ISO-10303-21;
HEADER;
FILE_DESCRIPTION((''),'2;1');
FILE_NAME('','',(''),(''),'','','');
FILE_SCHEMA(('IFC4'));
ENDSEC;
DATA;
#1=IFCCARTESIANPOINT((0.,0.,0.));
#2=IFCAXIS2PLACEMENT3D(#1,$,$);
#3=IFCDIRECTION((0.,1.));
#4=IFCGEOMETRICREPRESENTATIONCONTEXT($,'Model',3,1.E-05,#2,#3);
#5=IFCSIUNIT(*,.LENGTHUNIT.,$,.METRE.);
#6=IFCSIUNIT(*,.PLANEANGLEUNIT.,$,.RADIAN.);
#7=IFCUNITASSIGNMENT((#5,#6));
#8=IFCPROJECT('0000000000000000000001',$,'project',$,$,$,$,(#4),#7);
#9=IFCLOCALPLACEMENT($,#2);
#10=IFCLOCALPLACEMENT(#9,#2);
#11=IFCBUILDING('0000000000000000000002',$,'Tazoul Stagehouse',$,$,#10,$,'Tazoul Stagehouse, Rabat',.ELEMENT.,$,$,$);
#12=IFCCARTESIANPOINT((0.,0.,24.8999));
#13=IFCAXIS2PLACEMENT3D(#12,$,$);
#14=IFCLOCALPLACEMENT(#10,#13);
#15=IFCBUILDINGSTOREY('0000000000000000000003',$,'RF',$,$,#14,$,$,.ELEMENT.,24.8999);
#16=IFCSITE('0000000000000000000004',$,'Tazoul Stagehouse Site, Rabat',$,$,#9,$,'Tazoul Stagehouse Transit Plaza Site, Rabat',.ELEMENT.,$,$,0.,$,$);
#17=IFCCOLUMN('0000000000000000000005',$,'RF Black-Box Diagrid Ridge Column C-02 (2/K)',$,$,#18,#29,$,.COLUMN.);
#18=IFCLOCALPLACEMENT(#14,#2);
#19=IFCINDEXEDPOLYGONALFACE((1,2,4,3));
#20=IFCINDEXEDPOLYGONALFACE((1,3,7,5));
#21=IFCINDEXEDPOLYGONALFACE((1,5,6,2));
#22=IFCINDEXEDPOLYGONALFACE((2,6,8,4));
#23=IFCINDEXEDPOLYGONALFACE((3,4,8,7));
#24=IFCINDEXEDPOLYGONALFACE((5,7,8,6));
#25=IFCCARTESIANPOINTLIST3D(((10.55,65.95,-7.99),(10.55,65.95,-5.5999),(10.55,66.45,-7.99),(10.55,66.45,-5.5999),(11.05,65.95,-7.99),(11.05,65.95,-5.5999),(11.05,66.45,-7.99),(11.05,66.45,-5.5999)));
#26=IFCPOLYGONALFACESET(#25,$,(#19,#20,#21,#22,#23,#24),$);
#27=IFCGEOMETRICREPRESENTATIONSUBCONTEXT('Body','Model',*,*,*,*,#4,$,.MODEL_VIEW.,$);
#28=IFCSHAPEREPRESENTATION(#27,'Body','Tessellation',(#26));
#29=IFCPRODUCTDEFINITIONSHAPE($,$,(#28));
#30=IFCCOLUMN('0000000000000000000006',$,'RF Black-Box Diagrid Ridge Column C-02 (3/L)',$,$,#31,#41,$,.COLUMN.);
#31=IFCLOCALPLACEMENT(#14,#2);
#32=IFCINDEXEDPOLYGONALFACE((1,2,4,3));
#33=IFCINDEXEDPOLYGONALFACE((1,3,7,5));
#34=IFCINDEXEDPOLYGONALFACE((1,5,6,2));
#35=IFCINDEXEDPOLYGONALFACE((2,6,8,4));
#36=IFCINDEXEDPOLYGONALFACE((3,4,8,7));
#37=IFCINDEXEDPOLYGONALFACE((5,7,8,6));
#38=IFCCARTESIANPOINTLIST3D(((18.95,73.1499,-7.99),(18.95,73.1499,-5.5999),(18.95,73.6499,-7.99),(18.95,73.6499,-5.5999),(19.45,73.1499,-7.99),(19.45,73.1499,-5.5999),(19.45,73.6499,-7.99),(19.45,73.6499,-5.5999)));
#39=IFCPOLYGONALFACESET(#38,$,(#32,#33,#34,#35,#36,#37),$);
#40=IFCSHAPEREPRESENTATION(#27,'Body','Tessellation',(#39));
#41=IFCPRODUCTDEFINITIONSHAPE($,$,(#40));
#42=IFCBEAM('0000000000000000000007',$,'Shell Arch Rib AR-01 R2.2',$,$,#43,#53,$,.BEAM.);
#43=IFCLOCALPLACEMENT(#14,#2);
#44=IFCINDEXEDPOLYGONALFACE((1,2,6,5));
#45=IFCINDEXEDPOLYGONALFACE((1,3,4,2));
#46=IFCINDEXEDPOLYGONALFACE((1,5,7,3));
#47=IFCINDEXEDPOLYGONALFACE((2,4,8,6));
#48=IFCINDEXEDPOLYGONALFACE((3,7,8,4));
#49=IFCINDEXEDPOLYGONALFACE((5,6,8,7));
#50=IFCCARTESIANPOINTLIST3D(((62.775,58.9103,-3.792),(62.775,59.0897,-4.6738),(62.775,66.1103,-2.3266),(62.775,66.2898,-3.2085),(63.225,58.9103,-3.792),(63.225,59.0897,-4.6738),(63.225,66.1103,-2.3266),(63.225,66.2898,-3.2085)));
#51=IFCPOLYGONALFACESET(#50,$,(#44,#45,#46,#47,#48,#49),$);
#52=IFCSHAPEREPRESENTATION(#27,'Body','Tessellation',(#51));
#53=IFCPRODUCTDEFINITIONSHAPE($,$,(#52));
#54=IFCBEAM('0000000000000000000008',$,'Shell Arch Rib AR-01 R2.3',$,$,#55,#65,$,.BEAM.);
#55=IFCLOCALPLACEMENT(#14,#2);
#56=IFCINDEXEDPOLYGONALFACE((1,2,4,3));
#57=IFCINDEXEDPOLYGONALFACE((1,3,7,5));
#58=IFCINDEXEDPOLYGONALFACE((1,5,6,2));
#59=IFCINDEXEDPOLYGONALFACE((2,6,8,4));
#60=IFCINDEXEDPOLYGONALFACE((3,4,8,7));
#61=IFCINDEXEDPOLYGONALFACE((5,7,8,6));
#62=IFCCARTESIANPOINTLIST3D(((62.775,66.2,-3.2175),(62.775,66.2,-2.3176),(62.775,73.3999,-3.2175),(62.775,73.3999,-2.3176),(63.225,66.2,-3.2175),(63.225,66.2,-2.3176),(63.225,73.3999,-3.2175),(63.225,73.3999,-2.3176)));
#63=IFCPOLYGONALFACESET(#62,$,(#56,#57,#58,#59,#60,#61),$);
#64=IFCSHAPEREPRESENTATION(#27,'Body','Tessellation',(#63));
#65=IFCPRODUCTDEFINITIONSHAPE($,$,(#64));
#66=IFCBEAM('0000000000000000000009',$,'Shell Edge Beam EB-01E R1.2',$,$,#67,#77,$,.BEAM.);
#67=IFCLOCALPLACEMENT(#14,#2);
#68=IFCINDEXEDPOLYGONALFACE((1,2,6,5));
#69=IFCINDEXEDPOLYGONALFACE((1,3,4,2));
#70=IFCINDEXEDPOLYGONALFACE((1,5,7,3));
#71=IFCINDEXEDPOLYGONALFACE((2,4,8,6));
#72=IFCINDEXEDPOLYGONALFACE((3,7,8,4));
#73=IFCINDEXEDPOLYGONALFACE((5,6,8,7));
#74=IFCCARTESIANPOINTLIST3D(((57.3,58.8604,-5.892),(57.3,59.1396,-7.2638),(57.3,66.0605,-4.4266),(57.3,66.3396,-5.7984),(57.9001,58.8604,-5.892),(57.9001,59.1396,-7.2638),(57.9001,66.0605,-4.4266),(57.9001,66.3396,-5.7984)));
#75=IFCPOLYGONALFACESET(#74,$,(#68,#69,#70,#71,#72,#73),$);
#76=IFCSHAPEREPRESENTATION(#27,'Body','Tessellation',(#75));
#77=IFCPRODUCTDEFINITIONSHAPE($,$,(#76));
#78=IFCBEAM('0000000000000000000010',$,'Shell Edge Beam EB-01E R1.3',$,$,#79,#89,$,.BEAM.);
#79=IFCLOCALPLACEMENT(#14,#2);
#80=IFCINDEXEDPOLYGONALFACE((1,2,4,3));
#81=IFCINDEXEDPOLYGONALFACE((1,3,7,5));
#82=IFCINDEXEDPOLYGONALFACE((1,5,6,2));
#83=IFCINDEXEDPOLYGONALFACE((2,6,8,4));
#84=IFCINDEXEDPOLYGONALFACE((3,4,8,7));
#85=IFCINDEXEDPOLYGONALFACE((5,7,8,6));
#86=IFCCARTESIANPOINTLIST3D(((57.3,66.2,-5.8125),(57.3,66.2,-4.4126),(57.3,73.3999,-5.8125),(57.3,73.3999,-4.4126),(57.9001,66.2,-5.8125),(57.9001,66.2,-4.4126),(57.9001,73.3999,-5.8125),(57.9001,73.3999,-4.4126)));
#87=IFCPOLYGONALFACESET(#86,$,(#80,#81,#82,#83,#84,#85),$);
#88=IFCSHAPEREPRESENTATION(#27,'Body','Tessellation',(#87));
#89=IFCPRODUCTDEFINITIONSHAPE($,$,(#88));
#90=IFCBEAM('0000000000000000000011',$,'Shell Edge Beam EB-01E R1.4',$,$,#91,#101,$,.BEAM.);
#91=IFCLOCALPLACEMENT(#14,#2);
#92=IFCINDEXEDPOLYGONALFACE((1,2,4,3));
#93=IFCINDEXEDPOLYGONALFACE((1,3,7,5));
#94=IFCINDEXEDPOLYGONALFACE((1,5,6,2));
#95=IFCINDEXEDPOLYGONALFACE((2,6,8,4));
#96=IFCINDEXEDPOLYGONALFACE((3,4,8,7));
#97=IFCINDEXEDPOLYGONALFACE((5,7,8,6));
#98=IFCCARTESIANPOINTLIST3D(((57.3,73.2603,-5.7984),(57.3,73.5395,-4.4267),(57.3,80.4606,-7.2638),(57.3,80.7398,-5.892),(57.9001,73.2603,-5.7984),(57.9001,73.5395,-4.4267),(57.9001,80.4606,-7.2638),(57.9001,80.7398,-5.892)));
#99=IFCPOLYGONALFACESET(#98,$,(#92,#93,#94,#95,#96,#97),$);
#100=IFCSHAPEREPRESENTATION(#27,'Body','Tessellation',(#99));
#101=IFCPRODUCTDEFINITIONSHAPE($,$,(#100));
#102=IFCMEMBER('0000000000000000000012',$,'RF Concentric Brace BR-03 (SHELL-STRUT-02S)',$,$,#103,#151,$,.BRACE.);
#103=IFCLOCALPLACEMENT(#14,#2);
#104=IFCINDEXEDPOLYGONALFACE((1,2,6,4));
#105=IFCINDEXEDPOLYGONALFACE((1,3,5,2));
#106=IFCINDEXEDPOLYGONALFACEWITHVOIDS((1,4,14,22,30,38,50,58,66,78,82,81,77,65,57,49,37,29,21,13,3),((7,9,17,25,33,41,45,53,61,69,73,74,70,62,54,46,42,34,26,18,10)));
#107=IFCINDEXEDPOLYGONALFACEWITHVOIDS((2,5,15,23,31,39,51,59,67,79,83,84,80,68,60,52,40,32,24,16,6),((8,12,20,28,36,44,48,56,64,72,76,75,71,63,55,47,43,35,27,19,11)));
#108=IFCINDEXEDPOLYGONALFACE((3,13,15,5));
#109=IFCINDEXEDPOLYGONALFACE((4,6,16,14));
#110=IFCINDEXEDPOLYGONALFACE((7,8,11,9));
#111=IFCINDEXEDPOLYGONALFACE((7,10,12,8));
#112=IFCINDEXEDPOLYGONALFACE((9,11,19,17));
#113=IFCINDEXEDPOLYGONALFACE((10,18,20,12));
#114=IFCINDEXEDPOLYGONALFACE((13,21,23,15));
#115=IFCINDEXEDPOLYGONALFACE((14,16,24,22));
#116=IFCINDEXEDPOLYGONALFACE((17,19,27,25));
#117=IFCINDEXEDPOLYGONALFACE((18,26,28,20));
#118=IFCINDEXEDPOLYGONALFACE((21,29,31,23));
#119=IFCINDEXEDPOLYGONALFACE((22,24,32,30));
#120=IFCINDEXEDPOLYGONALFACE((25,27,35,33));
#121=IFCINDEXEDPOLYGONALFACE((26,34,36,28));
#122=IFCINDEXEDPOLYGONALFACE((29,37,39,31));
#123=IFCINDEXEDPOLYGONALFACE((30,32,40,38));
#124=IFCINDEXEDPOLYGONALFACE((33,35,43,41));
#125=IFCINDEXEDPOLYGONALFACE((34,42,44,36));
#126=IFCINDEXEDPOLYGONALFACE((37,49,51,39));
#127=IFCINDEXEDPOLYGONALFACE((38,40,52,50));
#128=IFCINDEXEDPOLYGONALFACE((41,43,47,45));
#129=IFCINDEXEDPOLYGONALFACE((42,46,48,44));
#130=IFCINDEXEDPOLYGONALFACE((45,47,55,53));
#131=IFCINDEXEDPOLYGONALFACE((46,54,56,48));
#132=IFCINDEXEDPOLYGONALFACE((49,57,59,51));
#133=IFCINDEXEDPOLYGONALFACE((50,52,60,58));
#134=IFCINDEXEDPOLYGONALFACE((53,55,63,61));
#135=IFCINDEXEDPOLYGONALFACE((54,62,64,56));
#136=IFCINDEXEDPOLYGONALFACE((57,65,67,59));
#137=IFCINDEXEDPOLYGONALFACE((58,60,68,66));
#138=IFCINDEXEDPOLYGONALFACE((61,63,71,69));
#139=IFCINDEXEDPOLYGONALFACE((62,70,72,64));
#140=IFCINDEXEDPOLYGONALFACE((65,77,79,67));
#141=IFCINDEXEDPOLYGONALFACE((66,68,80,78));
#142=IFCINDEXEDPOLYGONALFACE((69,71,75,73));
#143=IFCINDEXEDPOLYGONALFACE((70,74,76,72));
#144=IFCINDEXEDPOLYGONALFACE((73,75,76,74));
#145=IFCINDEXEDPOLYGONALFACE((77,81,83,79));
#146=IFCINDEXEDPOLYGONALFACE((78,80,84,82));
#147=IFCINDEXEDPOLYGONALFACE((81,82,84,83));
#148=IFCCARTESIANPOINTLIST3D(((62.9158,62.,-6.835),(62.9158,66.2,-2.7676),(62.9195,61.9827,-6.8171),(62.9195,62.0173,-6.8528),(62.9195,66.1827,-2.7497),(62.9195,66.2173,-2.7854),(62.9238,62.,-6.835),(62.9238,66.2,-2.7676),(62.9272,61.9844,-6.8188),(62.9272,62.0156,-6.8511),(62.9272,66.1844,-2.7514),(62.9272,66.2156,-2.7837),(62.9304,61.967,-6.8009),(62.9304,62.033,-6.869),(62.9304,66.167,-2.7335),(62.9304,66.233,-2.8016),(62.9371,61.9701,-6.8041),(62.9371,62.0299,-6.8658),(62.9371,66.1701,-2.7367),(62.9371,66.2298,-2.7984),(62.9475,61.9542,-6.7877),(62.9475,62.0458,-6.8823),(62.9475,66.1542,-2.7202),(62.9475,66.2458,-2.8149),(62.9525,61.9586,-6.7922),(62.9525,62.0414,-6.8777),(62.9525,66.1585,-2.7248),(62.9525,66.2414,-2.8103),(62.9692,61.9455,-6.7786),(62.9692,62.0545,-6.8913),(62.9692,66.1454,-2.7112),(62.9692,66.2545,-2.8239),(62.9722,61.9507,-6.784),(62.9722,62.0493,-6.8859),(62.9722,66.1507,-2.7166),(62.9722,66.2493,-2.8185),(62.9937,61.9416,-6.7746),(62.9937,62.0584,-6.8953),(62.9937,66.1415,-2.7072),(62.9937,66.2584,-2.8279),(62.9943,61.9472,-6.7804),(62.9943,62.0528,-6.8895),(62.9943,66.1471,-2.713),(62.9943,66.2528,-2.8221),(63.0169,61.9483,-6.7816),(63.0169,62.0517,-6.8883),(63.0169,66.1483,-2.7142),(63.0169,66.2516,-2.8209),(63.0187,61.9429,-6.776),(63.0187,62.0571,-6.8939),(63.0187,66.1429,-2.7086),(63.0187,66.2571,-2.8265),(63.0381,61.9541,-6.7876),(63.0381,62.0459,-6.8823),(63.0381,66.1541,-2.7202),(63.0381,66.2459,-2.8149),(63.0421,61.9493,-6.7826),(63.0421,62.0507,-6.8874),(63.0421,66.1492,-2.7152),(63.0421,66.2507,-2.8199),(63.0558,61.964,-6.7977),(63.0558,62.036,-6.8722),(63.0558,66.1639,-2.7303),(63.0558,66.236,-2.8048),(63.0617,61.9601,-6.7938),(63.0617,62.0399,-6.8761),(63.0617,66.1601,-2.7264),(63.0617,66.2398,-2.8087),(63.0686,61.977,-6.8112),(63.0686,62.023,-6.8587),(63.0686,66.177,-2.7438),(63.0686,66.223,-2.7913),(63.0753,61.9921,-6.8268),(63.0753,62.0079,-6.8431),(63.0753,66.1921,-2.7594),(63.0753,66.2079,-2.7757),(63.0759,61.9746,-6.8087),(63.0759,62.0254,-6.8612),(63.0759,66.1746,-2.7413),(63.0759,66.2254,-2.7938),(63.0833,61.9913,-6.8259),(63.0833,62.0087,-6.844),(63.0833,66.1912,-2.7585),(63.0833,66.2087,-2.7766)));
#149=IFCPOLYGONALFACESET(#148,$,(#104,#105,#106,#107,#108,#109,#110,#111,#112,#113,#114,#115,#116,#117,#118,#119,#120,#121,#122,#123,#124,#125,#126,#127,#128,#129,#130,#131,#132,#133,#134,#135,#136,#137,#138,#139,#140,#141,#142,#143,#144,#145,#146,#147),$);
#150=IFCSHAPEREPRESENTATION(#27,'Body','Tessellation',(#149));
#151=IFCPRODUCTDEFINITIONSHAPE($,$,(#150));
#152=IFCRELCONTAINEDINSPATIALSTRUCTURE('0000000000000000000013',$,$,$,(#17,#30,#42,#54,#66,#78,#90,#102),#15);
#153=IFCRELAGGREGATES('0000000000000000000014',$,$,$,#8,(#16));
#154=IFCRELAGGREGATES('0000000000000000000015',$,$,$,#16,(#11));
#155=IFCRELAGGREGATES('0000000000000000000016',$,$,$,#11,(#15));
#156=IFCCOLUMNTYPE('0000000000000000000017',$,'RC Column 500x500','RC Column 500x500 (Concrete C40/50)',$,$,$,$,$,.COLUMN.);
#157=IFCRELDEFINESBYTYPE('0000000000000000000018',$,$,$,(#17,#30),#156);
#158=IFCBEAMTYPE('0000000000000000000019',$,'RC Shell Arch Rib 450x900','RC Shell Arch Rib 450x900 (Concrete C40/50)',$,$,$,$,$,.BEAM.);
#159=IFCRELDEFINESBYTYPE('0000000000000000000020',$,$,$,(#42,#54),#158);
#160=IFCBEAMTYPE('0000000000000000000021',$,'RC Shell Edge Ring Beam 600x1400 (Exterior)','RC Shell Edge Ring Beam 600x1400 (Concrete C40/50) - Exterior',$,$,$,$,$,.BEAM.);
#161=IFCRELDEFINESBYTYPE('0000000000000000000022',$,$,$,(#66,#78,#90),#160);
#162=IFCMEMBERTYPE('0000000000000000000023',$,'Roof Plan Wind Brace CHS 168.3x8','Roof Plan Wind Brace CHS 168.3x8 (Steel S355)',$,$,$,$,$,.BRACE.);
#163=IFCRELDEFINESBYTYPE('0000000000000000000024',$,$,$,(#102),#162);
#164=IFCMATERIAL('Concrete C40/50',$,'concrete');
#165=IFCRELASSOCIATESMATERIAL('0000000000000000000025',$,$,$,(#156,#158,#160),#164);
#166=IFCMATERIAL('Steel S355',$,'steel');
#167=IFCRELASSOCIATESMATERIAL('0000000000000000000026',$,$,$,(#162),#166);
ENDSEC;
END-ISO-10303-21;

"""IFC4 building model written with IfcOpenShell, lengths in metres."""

from ifc_helpers import new_model, si_unit, direction, frame, origin, origin_2d, place, context, subcontext, project, spatial, rectangle, hollow_circle, extrude, material, material_profile, profile_set, type_object, element, save


model = new_model("IFC4")

# Units and contexts
model_context = context("Model", 3, precision=1e-05, world=origin(), true_north=direction((0.0, 1.0)))
body_context = subcontext(model_context, "Body", "Model", "MODEL_VIEW")
ifc_project = project(units=[si_unit("LENGTHUNIT", "METRE"), si_unit("PLANEANGLEUNIT", "RADIAN")], contexts=[model_context])

# Site, building, storey
site_placement = place(None, origin())
site = spatial("IfcSite", under=ifc_project, at=site_placement, Name="Tazoul Stagehouse Site, Rabat", LongName="Tazoul Stagehouse Transit Plaza Site, Rabat", CompositionType="ELEMENT", RefElevation=0.0)
building_placement = place(site_placement, origin())
building = spatial("IfcBuilding", under=site, at=building_placement, Name="Tazoul Stagehouse", LongName="Tazoul Stagehouse, Rabat", CompositionType="ELEMENT")
storey_placement = place(building_placement, frame((0.0, 0.0, 24.8999)))
storey = spatial("IfcBuildingStorey", under=building, at=storey_placement, Name="RF", CompositionType="ELEMENT", Elevation=24.8999)

# Columns
ifc_material_1 = material(Name="Concrete C40/50", Category="concrete")
ifc_material_profile_1 = material_profile(ifc_material_1, rectangle(XDim=0.5, YDim=0.5, at=origin_2d()), Name="RC 500x500")
ifc_profile_set_1 = profile_set([ifc_material_profile_1], Name="Concrete C40/50")
column_type = type_object("IfcColumnType", Name="RC Column 500x500", Description="RC Column 500x500 (Concrete C40/50)", PredefinedType="COLUMN", material=ifc_profile_set_1)
for number, where, z_axis, x_axis, name in (
    (1, (10.8, 66.2, -7.99), (0.0, 0.0, 1.0), (1.0, 0.0, 0.0), "RF Black-Box Diagrid Ridge Column C-02 (2/K)"),
    (2, (19.2, 73.3999, -7.99), (0.0, 0.0, 1.0), (1.0, 0.0, 0.0), "RF Black-Box Diagrid Ridge Column C-02 (3/L)"),
):
    element("IfcColumn", number, at=place(storey_placement, frame(where, z_axis=z_axis, x_axis=x_axis)), inside=storey, type_object=column_type, Name=name, PredefinedType="COLUMN", context=body_context, shape_type="SweptSolid", body=[
        extrude(rectangle(XDim=0.5, YDim=0.5, at=origin_2d()), origin(), (0.0, 0.0, 1.0), 2.3901),
    ])

# Beams
ifc_material_profile_2 = material_profile(ifc_material_1, rectangle(XDim=0.45, YDim=0.8999, at=origin_2d()), Name="RC 450x900")
ifc_profile_set_2 = profile_set([ifc_material_profile_2], Name="Concrete C40/50")
beam_type_1 = type_object("IfcBeamType", Name="RC Shell Arch Rib 450x900", Description="RC Shell Arch Rib 450x900 (Concrete C40/50)", PredefinedType="BEAM", material=ifc_profile_set_2)
beam_1_placement = place(storey_placement, frame((63.0, 59.0, -4.2329), z_axis=(0.0, 0.979912, 0.199431), x_axis=(-1.0, 0.0, 0.0)))
element("IfcBeam", 3, at=beam_1_placement, inside=storey, type_object=beam_type_1, Name="Shell Arch Rib AR-01 R2.2", PredefinedType="BEAM", context=body_context, shape_type="SweptSolid", body=[
    extrude(rectangle(XDim=0.45, YDim=0.8999, at=origin_2d()), origin(), (0.0, 0.0, 1.0), 7.3477),
])
beam_2_placement = place(storey_placement, frame((63.0, 66.2, -2.7676), z_axis=(0.0, 1.0, 0.0), x_axis=(-1.0, 0.0, 0.0)))
element("IfcBeam", 4, at=beam_2_placement, inside=storey, type_object=beam_type_1, Name="Shell Arch Rib AR-01 R2.3", PredefinedType="BEAM", context=body_context, shape_type="SweptSolid", body=[
    extrude(rectangle(XDim=0.45, YDim=0.8999, at=origin_2d()), origin(), (0.0, 0.0, 1.0), 7.2),
])
ifc_material_profile_3 = material_profile(ifc_material_1, rectangle(XDim=0.6001, YDim=1.3999, at=origin_2d()), Name="RC 600x1400")
ifc_profile_set_3 = profile_set([ifc_material_profile_3], Name="Concrete C40/50")
beam_type_2 = type_object("IfcBeamType", Name="RC Shell Edge Ring Beam 600x1400 (Exterior)", Description="RC Shell Edge Ring Beam 600x1400 (Concrete C40/50) - Exterior", PredefinedType="BEAM", material=ifc_profile_set_3)
beam_3_placement = place(storey_placement, frame((57.6001, 59.0, -6.5779), z_axis=(0.0, 0.979912, 0.199431), x_axis=(-1.0, 0.0, 0.0)))
element("IfcBeam", 5, at=beam_3_placement, inside=storey, type_object=beam_type_2, Name="Shell Edge Beam EB-01E R1.2", PredefinedType="BEAM", context=body_context, shape_type="SweptSolid", body=[
    extrude(rectangle(XDim=0.6001, YDim=1.3999, at=origin_2d()), origin(), (0.0, 0.0, 1.0), 7.3477),
])
beam_4_placement = place(storey_placement, frame((57.6001, 66.2, -5.1125), z_axis=(0.0, 1.0, 0.0), x_axis=(-1.0, 0.0, 0.0)))
element("IfcBeam", 6, at=beam_4_placement, inside=storey, type_object=beam_type_2, Name="Shell Edge Beam EB-01E R1.3", PredefinedType="BEAM", context=body_context, shape_type="SweptSolid", body=[
    extrude(rectangle(XDim=0.6001, YDim=1.3999, at=origin_2d()), origin(), (0.0, 0.0, 1.0), 7.2),
])
beam_5_placement = place(storey_placement, frame((57.6001, 73.3999, -5.1125), z_axis=(0.0, 0.979913, -0.199425), x_axis=(-1.0, 0.0, 0.0)))
element("IfcBeam", 7, at=beam_5_placement, inside=storey, type_object=beam_type_2, Name="Shell Edge Beam EB-01E R1.4", PredefinedType="BEAM", context=body_context, shape_type="SweptSolid", body=[
    extrude(rectangle(XDim=0.6001, YDim=1.3999, at=origin_2d()), origin(), (0.0, 0.0, 1.0), 7.3479),
])

# Member
ifc_material_2 = material(Name="Steel S355", Category="steel")
ifc_material_profile_4 = material_profile(ifc_material_2, hollow_circle(Radius=0.0842, WallThickness=0.0081, at=origin_2d()), Name="CHS 168.3x8")
ifc_profile_set_4 = profile_set([ifc_material_profile_4], Name="Steel S355")
member_type = type_object("IfcMemberType", Name="Roof Plan Wind Brace CHS 168.3x8", Description="Roof Plan Wind Brace CHS 168.3x8 (Steel S355)", PredefinedType="BRACE", material=ifc_profile_set_4)
member_placement = place(storey_placement, frame((63.0, 62.0, -6.835), z_axis=(0.0, 0.718353, 0.695679), x_axis=(-1.0, 0.0, 0.0)))
element("IfcMember", 8, at=member_placement, inside=storey, type_object=member_type, Name="RF Concentric Brace BR-03 (SHELL-STRUT-02S)", PredefinedType="BRACE", context=body_context, shape_type="SweptSolid", body=[
    extrude(hollow_circle(Radius=0.0842, WallThickness=0.0081, at=origin_2d()), origin(), (0.0, 0.0, 1.0), 5.8467),
])

save(model, "model.ifc")
